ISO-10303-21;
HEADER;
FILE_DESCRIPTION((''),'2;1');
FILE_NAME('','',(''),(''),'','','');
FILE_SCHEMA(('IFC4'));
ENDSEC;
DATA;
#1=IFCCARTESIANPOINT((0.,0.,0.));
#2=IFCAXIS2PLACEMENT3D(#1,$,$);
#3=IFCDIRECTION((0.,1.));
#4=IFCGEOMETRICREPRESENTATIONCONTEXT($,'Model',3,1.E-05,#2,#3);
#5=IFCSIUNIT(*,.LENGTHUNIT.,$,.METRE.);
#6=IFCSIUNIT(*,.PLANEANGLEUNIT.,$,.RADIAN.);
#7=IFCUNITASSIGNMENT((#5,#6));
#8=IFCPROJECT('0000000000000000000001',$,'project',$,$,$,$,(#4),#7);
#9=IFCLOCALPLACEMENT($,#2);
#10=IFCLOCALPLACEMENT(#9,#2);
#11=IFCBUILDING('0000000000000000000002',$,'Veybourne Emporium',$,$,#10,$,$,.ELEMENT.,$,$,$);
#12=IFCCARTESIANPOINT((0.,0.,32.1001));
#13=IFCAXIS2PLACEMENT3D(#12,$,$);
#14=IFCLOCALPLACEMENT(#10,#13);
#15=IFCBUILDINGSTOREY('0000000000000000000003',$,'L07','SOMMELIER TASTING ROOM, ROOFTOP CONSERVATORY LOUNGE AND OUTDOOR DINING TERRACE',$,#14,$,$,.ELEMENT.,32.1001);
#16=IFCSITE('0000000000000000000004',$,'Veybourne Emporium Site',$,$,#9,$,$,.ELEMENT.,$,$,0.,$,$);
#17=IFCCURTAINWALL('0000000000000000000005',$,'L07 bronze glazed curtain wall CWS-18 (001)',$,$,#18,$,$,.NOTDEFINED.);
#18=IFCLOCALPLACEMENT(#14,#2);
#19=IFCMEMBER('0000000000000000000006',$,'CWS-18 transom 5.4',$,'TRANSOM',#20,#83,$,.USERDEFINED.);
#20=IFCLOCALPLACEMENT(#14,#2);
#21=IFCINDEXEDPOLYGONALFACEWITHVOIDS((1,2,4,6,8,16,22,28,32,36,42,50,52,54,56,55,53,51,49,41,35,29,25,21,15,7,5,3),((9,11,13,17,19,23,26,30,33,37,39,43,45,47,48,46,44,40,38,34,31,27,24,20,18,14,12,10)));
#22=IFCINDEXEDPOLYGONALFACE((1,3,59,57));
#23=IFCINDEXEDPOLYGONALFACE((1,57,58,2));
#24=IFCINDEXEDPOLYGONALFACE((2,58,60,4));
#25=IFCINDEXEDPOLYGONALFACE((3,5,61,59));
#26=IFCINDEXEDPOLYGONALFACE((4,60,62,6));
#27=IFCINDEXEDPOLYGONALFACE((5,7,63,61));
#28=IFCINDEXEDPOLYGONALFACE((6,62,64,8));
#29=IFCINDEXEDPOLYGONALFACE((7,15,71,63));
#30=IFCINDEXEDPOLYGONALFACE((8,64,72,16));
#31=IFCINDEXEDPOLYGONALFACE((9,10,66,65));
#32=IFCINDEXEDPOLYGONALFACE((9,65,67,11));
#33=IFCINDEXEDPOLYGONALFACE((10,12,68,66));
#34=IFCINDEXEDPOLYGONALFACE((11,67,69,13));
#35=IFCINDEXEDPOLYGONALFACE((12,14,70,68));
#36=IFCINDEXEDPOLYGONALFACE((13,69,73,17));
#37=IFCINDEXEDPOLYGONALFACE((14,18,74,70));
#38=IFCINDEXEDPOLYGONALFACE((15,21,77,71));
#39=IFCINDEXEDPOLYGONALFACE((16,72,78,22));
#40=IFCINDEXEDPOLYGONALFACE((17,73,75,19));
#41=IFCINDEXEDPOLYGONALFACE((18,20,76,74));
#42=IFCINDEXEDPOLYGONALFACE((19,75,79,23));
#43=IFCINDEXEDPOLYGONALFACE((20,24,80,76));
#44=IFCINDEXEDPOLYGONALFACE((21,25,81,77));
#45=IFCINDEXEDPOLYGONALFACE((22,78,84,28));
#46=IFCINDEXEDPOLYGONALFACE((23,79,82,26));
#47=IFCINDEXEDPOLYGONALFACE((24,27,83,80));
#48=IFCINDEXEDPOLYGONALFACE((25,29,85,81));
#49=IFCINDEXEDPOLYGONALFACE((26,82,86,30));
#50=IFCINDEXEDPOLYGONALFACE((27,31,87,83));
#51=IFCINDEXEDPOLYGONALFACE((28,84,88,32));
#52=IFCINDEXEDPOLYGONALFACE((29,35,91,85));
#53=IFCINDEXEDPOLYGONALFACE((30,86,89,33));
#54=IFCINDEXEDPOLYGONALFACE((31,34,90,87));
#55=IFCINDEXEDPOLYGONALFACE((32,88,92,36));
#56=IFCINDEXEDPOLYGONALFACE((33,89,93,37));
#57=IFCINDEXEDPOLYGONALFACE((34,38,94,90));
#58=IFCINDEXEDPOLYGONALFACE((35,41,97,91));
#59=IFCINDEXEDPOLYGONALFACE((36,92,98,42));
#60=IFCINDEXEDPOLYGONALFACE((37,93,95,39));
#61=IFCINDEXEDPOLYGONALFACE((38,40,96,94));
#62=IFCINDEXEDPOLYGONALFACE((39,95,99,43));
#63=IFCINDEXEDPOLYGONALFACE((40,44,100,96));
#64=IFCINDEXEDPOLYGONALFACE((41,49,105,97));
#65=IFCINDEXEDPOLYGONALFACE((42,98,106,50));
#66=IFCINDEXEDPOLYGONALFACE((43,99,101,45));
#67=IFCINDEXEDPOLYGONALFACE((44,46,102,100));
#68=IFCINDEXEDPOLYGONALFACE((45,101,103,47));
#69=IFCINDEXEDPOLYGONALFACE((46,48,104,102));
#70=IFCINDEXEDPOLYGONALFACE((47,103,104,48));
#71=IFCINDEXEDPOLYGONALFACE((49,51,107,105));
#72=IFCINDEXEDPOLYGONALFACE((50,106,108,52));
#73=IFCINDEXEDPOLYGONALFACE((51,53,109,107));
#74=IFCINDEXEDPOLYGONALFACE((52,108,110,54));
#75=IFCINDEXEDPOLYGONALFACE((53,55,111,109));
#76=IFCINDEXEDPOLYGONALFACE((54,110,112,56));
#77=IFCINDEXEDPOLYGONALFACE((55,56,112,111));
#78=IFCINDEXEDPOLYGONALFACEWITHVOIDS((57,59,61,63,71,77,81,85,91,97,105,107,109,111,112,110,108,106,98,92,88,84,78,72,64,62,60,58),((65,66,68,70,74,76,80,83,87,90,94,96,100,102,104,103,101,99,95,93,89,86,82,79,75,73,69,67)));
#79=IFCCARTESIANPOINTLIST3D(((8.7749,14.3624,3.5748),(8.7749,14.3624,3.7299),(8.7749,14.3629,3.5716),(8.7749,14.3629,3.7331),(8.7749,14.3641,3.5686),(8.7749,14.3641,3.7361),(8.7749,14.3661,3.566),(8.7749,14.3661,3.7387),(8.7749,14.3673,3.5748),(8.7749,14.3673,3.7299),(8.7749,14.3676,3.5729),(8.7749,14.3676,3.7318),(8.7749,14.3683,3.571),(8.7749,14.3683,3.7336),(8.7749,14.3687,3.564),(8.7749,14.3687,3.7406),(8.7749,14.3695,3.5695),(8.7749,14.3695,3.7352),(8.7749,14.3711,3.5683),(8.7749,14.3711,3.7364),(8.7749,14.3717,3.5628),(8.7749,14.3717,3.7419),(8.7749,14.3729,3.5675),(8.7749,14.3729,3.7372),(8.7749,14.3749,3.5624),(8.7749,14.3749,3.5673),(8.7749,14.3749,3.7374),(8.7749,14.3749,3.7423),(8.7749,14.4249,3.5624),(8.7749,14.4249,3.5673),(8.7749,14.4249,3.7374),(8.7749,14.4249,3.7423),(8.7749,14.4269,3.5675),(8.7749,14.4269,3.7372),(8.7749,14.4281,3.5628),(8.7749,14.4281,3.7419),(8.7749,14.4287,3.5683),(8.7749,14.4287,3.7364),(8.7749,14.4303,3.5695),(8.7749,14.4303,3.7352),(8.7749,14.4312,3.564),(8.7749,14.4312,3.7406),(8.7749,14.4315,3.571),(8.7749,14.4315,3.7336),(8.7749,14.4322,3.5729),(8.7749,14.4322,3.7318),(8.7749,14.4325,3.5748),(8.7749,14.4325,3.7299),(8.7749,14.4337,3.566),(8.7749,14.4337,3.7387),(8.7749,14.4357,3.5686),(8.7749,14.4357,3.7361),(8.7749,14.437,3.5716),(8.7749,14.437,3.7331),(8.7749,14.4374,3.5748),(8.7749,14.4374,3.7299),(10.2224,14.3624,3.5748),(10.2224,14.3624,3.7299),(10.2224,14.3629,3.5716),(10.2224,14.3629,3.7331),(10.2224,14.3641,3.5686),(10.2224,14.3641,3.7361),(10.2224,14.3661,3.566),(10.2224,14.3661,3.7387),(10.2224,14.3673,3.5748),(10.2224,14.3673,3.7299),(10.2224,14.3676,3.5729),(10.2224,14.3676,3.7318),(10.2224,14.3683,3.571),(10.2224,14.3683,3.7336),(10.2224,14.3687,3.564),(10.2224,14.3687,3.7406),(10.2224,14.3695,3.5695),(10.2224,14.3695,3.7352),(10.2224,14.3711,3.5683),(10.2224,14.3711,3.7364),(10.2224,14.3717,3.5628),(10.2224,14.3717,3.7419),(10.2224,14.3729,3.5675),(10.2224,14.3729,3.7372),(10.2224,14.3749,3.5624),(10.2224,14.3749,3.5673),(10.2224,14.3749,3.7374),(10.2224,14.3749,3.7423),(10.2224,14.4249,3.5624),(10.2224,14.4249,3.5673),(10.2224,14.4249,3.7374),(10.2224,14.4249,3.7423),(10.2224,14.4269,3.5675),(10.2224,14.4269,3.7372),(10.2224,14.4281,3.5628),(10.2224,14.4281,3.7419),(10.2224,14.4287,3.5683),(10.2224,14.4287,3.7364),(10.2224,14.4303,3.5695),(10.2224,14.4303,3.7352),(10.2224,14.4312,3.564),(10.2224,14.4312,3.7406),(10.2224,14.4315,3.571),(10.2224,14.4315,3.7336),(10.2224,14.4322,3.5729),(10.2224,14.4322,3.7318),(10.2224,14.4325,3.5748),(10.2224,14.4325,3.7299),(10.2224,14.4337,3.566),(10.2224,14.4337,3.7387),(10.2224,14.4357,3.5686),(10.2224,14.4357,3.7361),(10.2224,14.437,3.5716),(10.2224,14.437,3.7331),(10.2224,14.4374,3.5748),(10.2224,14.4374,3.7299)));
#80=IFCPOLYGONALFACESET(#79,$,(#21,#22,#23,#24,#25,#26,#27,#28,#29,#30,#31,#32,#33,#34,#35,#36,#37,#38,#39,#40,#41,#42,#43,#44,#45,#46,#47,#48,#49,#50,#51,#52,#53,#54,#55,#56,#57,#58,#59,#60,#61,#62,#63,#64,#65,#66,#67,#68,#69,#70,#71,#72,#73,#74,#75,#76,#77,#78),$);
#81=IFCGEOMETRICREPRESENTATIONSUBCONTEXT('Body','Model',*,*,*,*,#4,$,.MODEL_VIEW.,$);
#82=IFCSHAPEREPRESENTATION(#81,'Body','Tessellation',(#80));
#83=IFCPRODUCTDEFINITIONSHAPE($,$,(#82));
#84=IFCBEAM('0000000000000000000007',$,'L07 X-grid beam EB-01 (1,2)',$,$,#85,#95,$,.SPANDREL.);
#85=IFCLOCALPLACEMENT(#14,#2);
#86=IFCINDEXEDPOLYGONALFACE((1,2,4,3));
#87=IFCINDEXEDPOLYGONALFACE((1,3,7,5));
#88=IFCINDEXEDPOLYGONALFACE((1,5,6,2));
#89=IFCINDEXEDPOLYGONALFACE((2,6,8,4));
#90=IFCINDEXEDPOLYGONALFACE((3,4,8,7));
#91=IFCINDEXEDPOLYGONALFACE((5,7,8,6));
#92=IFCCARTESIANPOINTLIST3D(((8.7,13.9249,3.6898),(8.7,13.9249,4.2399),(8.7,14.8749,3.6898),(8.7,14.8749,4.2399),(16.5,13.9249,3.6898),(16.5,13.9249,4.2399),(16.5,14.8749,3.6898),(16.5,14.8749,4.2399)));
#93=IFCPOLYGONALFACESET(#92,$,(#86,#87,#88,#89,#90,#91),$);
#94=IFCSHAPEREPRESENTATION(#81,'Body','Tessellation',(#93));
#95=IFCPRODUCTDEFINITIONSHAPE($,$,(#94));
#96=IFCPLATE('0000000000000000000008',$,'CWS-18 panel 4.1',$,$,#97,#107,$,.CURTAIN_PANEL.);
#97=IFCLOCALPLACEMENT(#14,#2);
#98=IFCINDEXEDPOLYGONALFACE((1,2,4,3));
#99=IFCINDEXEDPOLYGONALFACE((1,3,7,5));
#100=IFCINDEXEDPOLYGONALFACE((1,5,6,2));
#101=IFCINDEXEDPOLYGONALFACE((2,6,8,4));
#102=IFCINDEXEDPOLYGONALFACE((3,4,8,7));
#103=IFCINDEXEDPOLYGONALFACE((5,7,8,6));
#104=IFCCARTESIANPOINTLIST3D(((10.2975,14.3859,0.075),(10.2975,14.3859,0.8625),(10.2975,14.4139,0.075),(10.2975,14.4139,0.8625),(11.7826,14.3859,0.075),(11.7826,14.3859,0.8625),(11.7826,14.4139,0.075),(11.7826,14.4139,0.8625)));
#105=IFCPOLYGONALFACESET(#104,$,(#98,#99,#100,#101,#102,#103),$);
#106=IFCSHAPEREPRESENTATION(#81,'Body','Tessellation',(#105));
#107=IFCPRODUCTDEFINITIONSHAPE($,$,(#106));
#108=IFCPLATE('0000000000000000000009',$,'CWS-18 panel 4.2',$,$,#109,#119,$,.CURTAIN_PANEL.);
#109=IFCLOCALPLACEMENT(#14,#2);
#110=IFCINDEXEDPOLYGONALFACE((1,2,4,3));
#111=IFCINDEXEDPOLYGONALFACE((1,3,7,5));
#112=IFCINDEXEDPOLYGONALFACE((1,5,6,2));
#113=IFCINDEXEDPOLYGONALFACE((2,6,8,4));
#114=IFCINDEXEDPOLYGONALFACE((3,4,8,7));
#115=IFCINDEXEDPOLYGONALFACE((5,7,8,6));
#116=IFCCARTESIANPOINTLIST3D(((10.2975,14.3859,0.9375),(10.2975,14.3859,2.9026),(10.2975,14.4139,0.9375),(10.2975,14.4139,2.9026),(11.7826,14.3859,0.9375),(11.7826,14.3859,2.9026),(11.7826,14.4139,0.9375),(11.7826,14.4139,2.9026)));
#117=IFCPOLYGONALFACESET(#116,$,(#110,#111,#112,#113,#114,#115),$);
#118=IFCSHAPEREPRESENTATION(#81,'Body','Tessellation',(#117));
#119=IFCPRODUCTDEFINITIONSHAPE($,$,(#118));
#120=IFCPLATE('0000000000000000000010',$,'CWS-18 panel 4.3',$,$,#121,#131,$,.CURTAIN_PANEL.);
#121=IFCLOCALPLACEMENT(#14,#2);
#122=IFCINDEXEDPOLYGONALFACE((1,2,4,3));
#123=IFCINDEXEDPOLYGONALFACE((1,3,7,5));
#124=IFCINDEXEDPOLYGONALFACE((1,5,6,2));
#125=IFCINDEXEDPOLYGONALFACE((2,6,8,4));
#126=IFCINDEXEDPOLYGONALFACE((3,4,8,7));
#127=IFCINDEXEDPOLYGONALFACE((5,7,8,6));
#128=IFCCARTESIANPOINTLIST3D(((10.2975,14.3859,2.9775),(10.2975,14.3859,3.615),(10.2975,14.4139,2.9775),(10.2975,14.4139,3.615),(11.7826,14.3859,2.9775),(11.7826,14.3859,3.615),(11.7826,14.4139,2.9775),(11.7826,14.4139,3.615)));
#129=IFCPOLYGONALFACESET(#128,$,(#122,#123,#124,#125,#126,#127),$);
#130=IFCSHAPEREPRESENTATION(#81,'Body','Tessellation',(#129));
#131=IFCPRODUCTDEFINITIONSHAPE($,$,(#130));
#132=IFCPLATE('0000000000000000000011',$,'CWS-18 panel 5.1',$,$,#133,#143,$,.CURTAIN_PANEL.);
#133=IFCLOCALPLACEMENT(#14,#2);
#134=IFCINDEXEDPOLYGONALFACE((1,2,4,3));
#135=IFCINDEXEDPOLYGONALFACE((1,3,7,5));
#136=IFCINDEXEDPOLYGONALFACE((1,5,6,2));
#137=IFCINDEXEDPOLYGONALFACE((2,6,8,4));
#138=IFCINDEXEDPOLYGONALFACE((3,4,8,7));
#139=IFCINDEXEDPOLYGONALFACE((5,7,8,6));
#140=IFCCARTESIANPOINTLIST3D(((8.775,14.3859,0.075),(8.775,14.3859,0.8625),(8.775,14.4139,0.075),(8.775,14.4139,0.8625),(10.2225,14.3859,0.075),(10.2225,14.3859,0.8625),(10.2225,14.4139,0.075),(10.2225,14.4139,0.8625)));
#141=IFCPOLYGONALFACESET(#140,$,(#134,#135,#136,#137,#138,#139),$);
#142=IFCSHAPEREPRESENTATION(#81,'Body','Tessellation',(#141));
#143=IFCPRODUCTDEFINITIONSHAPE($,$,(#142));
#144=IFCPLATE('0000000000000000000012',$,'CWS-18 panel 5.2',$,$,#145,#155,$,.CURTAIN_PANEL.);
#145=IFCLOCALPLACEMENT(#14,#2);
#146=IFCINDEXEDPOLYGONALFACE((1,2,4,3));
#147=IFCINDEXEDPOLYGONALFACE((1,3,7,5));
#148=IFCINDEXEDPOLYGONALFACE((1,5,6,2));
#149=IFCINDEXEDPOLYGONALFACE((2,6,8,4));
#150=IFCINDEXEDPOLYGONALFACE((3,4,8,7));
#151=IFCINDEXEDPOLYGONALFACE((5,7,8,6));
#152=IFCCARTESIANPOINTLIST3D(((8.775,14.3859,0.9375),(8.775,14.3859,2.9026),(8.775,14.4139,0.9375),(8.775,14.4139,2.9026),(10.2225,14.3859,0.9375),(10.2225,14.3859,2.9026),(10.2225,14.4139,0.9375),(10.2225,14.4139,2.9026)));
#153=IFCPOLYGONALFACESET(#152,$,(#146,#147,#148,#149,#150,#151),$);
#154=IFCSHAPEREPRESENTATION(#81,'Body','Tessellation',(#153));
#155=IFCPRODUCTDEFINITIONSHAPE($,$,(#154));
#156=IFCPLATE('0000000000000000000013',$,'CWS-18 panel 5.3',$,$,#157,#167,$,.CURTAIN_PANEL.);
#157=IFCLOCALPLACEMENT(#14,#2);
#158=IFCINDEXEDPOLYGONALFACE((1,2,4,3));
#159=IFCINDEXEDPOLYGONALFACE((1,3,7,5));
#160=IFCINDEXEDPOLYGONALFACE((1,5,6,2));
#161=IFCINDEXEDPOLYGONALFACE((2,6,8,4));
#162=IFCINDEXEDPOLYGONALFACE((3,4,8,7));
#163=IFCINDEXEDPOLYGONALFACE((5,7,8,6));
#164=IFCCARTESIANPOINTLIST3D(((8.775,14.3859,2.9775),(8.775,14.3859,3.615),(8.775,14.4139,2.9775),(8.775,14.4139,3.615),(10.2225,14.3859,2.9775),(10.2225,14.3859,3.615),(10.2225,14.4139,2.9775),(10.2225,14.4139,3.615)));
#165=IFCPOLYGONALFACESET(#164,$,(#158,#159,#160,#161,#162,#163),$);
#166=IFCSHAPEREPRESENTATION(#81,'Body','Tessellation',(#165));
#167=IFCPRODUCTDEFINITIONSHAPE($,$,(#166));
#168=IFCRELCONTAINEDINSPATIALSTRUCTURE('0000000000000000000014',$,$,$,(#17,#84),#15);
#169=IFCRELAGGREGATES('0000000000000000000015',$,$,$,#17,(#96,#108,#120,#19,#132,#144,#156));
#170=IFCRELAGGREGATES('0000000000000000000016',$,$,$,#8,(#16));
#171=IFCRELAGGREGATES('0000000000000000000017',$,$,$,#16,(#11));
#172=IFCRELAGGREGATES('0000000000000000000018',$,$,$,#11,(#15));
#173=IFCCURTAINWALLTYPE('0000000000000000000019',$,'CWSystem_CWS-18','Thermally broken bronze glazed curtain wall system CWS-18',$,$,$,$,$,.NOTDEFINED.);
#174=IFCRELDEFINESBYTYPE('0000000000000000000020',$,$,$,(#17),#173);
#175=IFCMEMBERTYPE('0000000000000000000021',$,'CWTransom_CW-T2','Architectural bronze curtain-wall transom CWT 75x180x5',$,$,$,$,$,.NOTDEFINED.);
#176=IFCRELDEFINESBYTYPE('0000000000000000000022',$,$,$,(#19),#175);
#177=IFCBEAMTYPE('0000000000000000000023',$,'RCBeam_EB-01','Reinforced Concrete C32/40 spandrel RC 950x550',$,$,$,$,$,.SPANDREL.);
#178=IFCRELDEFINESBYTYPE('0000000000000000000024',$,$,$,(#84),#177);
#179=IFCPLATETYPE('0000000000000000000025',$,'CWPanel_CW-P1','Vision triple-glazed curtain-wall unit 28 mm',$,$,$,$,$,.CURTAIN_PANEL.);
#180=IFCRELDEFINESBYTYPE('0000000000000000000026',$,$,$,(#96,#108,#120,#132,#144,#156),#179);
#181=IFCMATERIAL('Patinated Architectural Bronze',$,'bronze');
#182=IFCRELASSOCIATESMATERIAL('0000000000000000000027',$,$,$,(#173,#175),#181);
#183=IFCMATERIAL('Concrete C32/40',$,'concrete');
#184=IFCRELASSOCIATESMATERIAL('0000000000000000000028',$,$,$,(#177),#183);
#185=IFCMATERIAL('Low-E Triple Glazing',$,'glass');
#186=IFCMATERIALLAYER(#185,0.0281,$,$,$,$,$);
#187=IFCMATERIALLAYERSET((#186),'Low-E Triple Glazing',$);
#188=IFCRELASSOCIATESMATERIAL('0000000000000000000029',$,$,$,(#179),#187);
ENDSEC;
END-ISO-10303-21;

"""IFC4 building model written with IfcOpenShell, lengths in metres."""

from ifc_helpers import new_model, si_unit, direction, frame, origin, origin_2d, place, context, subcontext, project, spatial, rectangle, hollow_rectangle, extrude, material, layer, layer_set, material_profile, profile_set, type_object, element, aggregate, save


model = new_model("IFC4")

# Units and contexts
model_context = context("Model", 3, precision=1e-05, world=origin(), true_north=direction((0.0, 1.0)))
body_context = subcontext(model_context, "Body", "Model", "MODEL_VIEW")
ifc_project = project(units=[si_unit("LENGTHUNIT", "METRE"), si_unit("PLANEANGLEUNIT", "RADIAN")], contexts=[model_context])

# Site, building, storey
site_placement = place(None, origin())
site = spatial("IfcSite", under=ifc_project, at=site_placement, Name="Veybourne Emporium Site", CompositionType="ELEMENT", RefElevation=0.0)
building_placement = place(site_placement, origin())
building = spatial("IfcBuilding", under=site, at=building_placement, Name="Veybourne Emporium", CompositionType="ELEMENT")
storey_placement = place(building_placement, frame((0.0, 0.0, 32.1001)))
storey = spatial("IfcBuildingStorey", under=building, at=storey_placement, Name="L07", Description="SOMMELIER TASTING ROOM, ROOFTOP CONSERVATORY LOUNGE AND OUTDOOR DINING TERRACE", CompositionType="ELEMENT", Elevation=32.1001)

# Curtain wall, member
ifc_material_1 = material(Name="Patinated Architectural Bronze", Category="bronze")
curtain_wall_type = type_object("IfcCurtainWallType", Name="CWSystem_CWS-18", Description="Thermally broken bronze glazed curtain wall system CWS-18", PredefinedType="NOTDEFINED", material=ifc_material_1)
curtain_wall_placement = place(storey_placement, origin())
curtain_wall = element("IfcCurtainWall", 1, at=curtain_wall_placement, inside=storey, type_object=curtain_wall_type, Name="L07 bronze glazed curtain wall CWS-18 (001)", PredefinedType="NOTDEFINED")
ifc_material_profile_1 = material_profile(ifc_material_1, hollow_rectangle(XDim=0.075, YDim=0.1799, WallThickness=0.0049, InnerFilletRadius=0.0076, OuterFilletRadius=0.0125, at=origin_2d()), Name="CWT 75x180x5")
ifc_profile_set_1 = profile_set([ifc_material_profile_1], Name="Patinated Architectural Bronze")
member_type_1 = type_object("IfcMemberType", Name="CWTransom_CW-T2", Description="Architectural bronze curtain-wall transom CWT 75x180x5", PredefinedType="NOTDEFINED", material=ifc_profile_set_1)
member_1_placement = place(storey_placement, frame((10.2224, 14.3999, 3.6523), z_axis=(-1.0, 0.0, 0.0), x_axis=(0.0, -1.0, 0.0)))
member_1 = element("IfcMember", 2, at=member_1_placement, type_object=member_type_1, Name="CWS-18 transom 5.4", ObjectType="TRANSOM", PredefinedType="USERDEFINED", context=body_context, shape_type="SweptSolid", body=[
    extrude(hollow_rectangle(XDim=0.075, YDim=0.1799, WallThickness=0.0049, InnerFilletRadius=0.0076, OuterFilletRadius=0.0125, at=origin_2d()), origin(), (0.0, 0.0, 1.0), 1.4475),
])

# Beam
ifc_material_2 = material(Name="Concrete C32/40", Category="concrete")
ifc_material_profile_2 = material_profile(ifc_material_2, rectangle(XDim=0.95, YDim=0.55, at=origin_2d()), Name="RC 950x550")
ifc_profile_set_2 = profile_set([ifc_material_profile_2], Name="Concrete C32/40")
beam_type = type_object("IfcBeamType", Name="RCBeam_EB-01", Description="Reinforced Concrete C32/40 spandrel RC 950x550", PredefinedType="SPANDREL", material=ifc_profile_set_2)
beam_placement = place(storey_placement, frame((8.7, 14.3999, 3.9648), z_axis=(1.0, 0.0, 0.0), x_axis=(0.0, 1.0, 0.0)))
element("IfcBeam", 3, at=beam_placement, inside=storey, type_object=beam_type, Name="L07 X-grid beam EB-01 (1,2)", PredefinedType="SPANDREL", context=body_context, shape_type="SweptSolid", body=[
    extrude(rectangle(XDim=0.95, YDim=0.55, at=origin_2d()), origin(), (0.0, 0.0, 1.0), 7.8),
])

# Plates
ifc_material_3 = material(Name="Low-E Triple Glazing", Category="glass")
ifc_layer_1 = layer(ifc_material_3, 0.0281)
ifc_layer_set_1 = layer_set([ifc_layer_1], Name="Low-E Triple Glazing")
plate_type = type_object("IfcPlateType", Name="CWPanel_CW-P1", Description="Vision triple-glazed curtain-wall unit 28 mm", PredefinedType="CURTAIN_PANEL", material=ifc_layer_set_1)
plate_1_placement = place(storey_placement, frame((11.04, 14.3999, 0.075), z_axis=(0.0, 0.0, 1.0), x_axis=(-1.0, 0.0, 0.0)))
plate_1 = element("IfcPlate", 4, at=plate_1_placement, type_object=plate_type, Name="CWS-18 panel 4.1", PredefinedType="CURTAIN_PANEL", context=body_context, shape_type="SweptSolid", body=[
    extrude(rectangle(XDim=1.4851, YDim=0.0281, at=origin_2d()), origin(), (0.0, 0.0, 1.0), 0.7876),
])
plate_2_placement = place(storey_placement, frame((11.04, 14.3999, 0.9375), z_axis=(0.0, 0.0, 1.0), x_axis=(-1.0, 0.0, 0.0)))
plate_2 = element("IfcPlate", 5, at=plate_2_placement, type_object=plate_type, Name="CWS-18 panel 4.2", PredefinedType="CURTAIN_PANEL", context=body_context, shape_type="SweptSolid", body=[
    extrude(rectangle(XDim=1.4851, YDim=0.0281, at=origin_2d()), origin(), (0.0, 0.0, 1.0), 1.9651),
])
plate_3_placement = place(storey_placement, frame((11.04, 14.3999, 2.9775), z_axis=(0.0, 0.0, 1.0), x_axis=(-1.0, 0.0, 0.0)))
plate_3 = element("IfcPlate", 6, at=plate_3_placement, type_object=plate_type, Name="CWS-18 panel 4.3", PredefinedType="CURTAIN_PANEL", context=body_context, shape_type="SweptSolid", body=[
    extrude(rectangle(XDim=1.4851, YDim=0.0281, at=origin_2d()), origin(), (0.0, 0.0, 1.0), 0.6375),
])
plate_4_placement = place(storey_placement, frame((9.4988, 14.3999, 0.075), z_axis=(0.0, 0.0, 1.0), x_axis=(-1.0, 0.0, 0.0)))
plate_4 = element("IfcPlate", 7, at=plate_4_placement, type_object=plate_type, Name="CWS-18 panel 5.1", PredefinedType="CURTAIN_PANEL", context=body_context, shape_type="SweptSolid", body=[
    extrude(rectangle(XDim=1.4475, YDim=0.0281, at=origin_2d()), origin(), (0.0, 0.0, 1.0), 0.7876),
])
plate_5_placement = place(storey_placement, frame((9.4988, 14.3999, 0.9375), z_axis=(0.0, 0.0, 1.0), x_axis=(-1.0, 0.0, 0.0)))
plate_5 = element("IfcPlate", 8, at=plate_5_placement, type_object=plate_type, Name="CWS-18 panel 5.2", PredefinedType="CURTAIN_PANEL", context=body_context, shape_type="SweptSolid", body=[
    extrude(rectangle(XDim=1.4475, YDim=0.0281, at=origin_2d()), origin(), (0.0, 0.0, 1.0), 1.9651),
])
plate_6_placement = place(storey_placement, frame((9.4988, 14.3999, 2.9775), z_axis=(0.0, 0.0, 1.0), x_axis=(-1.0, 0.0, 0.0)))
plate_6 = element("IfcPlate", 9, at=plate_6_placement, type_object=plate_type, Name="CWS-18 panel 5.3", PredefinedType="CURTAIN_PANEL", context=body_context, shape_type="SweptSolid", body=[
    extrude(rectangle(XDim=1.4475, YDim=0.0281, at=origin_2d()), origin(), (0.0, 0.0, 1.0), 0.6375),
])
aggregate(curtain_wall, [plate_1, plate_2, plate_3, member_1, plate_4, plate_5, plate_6])

save(model, "model.ifc")
